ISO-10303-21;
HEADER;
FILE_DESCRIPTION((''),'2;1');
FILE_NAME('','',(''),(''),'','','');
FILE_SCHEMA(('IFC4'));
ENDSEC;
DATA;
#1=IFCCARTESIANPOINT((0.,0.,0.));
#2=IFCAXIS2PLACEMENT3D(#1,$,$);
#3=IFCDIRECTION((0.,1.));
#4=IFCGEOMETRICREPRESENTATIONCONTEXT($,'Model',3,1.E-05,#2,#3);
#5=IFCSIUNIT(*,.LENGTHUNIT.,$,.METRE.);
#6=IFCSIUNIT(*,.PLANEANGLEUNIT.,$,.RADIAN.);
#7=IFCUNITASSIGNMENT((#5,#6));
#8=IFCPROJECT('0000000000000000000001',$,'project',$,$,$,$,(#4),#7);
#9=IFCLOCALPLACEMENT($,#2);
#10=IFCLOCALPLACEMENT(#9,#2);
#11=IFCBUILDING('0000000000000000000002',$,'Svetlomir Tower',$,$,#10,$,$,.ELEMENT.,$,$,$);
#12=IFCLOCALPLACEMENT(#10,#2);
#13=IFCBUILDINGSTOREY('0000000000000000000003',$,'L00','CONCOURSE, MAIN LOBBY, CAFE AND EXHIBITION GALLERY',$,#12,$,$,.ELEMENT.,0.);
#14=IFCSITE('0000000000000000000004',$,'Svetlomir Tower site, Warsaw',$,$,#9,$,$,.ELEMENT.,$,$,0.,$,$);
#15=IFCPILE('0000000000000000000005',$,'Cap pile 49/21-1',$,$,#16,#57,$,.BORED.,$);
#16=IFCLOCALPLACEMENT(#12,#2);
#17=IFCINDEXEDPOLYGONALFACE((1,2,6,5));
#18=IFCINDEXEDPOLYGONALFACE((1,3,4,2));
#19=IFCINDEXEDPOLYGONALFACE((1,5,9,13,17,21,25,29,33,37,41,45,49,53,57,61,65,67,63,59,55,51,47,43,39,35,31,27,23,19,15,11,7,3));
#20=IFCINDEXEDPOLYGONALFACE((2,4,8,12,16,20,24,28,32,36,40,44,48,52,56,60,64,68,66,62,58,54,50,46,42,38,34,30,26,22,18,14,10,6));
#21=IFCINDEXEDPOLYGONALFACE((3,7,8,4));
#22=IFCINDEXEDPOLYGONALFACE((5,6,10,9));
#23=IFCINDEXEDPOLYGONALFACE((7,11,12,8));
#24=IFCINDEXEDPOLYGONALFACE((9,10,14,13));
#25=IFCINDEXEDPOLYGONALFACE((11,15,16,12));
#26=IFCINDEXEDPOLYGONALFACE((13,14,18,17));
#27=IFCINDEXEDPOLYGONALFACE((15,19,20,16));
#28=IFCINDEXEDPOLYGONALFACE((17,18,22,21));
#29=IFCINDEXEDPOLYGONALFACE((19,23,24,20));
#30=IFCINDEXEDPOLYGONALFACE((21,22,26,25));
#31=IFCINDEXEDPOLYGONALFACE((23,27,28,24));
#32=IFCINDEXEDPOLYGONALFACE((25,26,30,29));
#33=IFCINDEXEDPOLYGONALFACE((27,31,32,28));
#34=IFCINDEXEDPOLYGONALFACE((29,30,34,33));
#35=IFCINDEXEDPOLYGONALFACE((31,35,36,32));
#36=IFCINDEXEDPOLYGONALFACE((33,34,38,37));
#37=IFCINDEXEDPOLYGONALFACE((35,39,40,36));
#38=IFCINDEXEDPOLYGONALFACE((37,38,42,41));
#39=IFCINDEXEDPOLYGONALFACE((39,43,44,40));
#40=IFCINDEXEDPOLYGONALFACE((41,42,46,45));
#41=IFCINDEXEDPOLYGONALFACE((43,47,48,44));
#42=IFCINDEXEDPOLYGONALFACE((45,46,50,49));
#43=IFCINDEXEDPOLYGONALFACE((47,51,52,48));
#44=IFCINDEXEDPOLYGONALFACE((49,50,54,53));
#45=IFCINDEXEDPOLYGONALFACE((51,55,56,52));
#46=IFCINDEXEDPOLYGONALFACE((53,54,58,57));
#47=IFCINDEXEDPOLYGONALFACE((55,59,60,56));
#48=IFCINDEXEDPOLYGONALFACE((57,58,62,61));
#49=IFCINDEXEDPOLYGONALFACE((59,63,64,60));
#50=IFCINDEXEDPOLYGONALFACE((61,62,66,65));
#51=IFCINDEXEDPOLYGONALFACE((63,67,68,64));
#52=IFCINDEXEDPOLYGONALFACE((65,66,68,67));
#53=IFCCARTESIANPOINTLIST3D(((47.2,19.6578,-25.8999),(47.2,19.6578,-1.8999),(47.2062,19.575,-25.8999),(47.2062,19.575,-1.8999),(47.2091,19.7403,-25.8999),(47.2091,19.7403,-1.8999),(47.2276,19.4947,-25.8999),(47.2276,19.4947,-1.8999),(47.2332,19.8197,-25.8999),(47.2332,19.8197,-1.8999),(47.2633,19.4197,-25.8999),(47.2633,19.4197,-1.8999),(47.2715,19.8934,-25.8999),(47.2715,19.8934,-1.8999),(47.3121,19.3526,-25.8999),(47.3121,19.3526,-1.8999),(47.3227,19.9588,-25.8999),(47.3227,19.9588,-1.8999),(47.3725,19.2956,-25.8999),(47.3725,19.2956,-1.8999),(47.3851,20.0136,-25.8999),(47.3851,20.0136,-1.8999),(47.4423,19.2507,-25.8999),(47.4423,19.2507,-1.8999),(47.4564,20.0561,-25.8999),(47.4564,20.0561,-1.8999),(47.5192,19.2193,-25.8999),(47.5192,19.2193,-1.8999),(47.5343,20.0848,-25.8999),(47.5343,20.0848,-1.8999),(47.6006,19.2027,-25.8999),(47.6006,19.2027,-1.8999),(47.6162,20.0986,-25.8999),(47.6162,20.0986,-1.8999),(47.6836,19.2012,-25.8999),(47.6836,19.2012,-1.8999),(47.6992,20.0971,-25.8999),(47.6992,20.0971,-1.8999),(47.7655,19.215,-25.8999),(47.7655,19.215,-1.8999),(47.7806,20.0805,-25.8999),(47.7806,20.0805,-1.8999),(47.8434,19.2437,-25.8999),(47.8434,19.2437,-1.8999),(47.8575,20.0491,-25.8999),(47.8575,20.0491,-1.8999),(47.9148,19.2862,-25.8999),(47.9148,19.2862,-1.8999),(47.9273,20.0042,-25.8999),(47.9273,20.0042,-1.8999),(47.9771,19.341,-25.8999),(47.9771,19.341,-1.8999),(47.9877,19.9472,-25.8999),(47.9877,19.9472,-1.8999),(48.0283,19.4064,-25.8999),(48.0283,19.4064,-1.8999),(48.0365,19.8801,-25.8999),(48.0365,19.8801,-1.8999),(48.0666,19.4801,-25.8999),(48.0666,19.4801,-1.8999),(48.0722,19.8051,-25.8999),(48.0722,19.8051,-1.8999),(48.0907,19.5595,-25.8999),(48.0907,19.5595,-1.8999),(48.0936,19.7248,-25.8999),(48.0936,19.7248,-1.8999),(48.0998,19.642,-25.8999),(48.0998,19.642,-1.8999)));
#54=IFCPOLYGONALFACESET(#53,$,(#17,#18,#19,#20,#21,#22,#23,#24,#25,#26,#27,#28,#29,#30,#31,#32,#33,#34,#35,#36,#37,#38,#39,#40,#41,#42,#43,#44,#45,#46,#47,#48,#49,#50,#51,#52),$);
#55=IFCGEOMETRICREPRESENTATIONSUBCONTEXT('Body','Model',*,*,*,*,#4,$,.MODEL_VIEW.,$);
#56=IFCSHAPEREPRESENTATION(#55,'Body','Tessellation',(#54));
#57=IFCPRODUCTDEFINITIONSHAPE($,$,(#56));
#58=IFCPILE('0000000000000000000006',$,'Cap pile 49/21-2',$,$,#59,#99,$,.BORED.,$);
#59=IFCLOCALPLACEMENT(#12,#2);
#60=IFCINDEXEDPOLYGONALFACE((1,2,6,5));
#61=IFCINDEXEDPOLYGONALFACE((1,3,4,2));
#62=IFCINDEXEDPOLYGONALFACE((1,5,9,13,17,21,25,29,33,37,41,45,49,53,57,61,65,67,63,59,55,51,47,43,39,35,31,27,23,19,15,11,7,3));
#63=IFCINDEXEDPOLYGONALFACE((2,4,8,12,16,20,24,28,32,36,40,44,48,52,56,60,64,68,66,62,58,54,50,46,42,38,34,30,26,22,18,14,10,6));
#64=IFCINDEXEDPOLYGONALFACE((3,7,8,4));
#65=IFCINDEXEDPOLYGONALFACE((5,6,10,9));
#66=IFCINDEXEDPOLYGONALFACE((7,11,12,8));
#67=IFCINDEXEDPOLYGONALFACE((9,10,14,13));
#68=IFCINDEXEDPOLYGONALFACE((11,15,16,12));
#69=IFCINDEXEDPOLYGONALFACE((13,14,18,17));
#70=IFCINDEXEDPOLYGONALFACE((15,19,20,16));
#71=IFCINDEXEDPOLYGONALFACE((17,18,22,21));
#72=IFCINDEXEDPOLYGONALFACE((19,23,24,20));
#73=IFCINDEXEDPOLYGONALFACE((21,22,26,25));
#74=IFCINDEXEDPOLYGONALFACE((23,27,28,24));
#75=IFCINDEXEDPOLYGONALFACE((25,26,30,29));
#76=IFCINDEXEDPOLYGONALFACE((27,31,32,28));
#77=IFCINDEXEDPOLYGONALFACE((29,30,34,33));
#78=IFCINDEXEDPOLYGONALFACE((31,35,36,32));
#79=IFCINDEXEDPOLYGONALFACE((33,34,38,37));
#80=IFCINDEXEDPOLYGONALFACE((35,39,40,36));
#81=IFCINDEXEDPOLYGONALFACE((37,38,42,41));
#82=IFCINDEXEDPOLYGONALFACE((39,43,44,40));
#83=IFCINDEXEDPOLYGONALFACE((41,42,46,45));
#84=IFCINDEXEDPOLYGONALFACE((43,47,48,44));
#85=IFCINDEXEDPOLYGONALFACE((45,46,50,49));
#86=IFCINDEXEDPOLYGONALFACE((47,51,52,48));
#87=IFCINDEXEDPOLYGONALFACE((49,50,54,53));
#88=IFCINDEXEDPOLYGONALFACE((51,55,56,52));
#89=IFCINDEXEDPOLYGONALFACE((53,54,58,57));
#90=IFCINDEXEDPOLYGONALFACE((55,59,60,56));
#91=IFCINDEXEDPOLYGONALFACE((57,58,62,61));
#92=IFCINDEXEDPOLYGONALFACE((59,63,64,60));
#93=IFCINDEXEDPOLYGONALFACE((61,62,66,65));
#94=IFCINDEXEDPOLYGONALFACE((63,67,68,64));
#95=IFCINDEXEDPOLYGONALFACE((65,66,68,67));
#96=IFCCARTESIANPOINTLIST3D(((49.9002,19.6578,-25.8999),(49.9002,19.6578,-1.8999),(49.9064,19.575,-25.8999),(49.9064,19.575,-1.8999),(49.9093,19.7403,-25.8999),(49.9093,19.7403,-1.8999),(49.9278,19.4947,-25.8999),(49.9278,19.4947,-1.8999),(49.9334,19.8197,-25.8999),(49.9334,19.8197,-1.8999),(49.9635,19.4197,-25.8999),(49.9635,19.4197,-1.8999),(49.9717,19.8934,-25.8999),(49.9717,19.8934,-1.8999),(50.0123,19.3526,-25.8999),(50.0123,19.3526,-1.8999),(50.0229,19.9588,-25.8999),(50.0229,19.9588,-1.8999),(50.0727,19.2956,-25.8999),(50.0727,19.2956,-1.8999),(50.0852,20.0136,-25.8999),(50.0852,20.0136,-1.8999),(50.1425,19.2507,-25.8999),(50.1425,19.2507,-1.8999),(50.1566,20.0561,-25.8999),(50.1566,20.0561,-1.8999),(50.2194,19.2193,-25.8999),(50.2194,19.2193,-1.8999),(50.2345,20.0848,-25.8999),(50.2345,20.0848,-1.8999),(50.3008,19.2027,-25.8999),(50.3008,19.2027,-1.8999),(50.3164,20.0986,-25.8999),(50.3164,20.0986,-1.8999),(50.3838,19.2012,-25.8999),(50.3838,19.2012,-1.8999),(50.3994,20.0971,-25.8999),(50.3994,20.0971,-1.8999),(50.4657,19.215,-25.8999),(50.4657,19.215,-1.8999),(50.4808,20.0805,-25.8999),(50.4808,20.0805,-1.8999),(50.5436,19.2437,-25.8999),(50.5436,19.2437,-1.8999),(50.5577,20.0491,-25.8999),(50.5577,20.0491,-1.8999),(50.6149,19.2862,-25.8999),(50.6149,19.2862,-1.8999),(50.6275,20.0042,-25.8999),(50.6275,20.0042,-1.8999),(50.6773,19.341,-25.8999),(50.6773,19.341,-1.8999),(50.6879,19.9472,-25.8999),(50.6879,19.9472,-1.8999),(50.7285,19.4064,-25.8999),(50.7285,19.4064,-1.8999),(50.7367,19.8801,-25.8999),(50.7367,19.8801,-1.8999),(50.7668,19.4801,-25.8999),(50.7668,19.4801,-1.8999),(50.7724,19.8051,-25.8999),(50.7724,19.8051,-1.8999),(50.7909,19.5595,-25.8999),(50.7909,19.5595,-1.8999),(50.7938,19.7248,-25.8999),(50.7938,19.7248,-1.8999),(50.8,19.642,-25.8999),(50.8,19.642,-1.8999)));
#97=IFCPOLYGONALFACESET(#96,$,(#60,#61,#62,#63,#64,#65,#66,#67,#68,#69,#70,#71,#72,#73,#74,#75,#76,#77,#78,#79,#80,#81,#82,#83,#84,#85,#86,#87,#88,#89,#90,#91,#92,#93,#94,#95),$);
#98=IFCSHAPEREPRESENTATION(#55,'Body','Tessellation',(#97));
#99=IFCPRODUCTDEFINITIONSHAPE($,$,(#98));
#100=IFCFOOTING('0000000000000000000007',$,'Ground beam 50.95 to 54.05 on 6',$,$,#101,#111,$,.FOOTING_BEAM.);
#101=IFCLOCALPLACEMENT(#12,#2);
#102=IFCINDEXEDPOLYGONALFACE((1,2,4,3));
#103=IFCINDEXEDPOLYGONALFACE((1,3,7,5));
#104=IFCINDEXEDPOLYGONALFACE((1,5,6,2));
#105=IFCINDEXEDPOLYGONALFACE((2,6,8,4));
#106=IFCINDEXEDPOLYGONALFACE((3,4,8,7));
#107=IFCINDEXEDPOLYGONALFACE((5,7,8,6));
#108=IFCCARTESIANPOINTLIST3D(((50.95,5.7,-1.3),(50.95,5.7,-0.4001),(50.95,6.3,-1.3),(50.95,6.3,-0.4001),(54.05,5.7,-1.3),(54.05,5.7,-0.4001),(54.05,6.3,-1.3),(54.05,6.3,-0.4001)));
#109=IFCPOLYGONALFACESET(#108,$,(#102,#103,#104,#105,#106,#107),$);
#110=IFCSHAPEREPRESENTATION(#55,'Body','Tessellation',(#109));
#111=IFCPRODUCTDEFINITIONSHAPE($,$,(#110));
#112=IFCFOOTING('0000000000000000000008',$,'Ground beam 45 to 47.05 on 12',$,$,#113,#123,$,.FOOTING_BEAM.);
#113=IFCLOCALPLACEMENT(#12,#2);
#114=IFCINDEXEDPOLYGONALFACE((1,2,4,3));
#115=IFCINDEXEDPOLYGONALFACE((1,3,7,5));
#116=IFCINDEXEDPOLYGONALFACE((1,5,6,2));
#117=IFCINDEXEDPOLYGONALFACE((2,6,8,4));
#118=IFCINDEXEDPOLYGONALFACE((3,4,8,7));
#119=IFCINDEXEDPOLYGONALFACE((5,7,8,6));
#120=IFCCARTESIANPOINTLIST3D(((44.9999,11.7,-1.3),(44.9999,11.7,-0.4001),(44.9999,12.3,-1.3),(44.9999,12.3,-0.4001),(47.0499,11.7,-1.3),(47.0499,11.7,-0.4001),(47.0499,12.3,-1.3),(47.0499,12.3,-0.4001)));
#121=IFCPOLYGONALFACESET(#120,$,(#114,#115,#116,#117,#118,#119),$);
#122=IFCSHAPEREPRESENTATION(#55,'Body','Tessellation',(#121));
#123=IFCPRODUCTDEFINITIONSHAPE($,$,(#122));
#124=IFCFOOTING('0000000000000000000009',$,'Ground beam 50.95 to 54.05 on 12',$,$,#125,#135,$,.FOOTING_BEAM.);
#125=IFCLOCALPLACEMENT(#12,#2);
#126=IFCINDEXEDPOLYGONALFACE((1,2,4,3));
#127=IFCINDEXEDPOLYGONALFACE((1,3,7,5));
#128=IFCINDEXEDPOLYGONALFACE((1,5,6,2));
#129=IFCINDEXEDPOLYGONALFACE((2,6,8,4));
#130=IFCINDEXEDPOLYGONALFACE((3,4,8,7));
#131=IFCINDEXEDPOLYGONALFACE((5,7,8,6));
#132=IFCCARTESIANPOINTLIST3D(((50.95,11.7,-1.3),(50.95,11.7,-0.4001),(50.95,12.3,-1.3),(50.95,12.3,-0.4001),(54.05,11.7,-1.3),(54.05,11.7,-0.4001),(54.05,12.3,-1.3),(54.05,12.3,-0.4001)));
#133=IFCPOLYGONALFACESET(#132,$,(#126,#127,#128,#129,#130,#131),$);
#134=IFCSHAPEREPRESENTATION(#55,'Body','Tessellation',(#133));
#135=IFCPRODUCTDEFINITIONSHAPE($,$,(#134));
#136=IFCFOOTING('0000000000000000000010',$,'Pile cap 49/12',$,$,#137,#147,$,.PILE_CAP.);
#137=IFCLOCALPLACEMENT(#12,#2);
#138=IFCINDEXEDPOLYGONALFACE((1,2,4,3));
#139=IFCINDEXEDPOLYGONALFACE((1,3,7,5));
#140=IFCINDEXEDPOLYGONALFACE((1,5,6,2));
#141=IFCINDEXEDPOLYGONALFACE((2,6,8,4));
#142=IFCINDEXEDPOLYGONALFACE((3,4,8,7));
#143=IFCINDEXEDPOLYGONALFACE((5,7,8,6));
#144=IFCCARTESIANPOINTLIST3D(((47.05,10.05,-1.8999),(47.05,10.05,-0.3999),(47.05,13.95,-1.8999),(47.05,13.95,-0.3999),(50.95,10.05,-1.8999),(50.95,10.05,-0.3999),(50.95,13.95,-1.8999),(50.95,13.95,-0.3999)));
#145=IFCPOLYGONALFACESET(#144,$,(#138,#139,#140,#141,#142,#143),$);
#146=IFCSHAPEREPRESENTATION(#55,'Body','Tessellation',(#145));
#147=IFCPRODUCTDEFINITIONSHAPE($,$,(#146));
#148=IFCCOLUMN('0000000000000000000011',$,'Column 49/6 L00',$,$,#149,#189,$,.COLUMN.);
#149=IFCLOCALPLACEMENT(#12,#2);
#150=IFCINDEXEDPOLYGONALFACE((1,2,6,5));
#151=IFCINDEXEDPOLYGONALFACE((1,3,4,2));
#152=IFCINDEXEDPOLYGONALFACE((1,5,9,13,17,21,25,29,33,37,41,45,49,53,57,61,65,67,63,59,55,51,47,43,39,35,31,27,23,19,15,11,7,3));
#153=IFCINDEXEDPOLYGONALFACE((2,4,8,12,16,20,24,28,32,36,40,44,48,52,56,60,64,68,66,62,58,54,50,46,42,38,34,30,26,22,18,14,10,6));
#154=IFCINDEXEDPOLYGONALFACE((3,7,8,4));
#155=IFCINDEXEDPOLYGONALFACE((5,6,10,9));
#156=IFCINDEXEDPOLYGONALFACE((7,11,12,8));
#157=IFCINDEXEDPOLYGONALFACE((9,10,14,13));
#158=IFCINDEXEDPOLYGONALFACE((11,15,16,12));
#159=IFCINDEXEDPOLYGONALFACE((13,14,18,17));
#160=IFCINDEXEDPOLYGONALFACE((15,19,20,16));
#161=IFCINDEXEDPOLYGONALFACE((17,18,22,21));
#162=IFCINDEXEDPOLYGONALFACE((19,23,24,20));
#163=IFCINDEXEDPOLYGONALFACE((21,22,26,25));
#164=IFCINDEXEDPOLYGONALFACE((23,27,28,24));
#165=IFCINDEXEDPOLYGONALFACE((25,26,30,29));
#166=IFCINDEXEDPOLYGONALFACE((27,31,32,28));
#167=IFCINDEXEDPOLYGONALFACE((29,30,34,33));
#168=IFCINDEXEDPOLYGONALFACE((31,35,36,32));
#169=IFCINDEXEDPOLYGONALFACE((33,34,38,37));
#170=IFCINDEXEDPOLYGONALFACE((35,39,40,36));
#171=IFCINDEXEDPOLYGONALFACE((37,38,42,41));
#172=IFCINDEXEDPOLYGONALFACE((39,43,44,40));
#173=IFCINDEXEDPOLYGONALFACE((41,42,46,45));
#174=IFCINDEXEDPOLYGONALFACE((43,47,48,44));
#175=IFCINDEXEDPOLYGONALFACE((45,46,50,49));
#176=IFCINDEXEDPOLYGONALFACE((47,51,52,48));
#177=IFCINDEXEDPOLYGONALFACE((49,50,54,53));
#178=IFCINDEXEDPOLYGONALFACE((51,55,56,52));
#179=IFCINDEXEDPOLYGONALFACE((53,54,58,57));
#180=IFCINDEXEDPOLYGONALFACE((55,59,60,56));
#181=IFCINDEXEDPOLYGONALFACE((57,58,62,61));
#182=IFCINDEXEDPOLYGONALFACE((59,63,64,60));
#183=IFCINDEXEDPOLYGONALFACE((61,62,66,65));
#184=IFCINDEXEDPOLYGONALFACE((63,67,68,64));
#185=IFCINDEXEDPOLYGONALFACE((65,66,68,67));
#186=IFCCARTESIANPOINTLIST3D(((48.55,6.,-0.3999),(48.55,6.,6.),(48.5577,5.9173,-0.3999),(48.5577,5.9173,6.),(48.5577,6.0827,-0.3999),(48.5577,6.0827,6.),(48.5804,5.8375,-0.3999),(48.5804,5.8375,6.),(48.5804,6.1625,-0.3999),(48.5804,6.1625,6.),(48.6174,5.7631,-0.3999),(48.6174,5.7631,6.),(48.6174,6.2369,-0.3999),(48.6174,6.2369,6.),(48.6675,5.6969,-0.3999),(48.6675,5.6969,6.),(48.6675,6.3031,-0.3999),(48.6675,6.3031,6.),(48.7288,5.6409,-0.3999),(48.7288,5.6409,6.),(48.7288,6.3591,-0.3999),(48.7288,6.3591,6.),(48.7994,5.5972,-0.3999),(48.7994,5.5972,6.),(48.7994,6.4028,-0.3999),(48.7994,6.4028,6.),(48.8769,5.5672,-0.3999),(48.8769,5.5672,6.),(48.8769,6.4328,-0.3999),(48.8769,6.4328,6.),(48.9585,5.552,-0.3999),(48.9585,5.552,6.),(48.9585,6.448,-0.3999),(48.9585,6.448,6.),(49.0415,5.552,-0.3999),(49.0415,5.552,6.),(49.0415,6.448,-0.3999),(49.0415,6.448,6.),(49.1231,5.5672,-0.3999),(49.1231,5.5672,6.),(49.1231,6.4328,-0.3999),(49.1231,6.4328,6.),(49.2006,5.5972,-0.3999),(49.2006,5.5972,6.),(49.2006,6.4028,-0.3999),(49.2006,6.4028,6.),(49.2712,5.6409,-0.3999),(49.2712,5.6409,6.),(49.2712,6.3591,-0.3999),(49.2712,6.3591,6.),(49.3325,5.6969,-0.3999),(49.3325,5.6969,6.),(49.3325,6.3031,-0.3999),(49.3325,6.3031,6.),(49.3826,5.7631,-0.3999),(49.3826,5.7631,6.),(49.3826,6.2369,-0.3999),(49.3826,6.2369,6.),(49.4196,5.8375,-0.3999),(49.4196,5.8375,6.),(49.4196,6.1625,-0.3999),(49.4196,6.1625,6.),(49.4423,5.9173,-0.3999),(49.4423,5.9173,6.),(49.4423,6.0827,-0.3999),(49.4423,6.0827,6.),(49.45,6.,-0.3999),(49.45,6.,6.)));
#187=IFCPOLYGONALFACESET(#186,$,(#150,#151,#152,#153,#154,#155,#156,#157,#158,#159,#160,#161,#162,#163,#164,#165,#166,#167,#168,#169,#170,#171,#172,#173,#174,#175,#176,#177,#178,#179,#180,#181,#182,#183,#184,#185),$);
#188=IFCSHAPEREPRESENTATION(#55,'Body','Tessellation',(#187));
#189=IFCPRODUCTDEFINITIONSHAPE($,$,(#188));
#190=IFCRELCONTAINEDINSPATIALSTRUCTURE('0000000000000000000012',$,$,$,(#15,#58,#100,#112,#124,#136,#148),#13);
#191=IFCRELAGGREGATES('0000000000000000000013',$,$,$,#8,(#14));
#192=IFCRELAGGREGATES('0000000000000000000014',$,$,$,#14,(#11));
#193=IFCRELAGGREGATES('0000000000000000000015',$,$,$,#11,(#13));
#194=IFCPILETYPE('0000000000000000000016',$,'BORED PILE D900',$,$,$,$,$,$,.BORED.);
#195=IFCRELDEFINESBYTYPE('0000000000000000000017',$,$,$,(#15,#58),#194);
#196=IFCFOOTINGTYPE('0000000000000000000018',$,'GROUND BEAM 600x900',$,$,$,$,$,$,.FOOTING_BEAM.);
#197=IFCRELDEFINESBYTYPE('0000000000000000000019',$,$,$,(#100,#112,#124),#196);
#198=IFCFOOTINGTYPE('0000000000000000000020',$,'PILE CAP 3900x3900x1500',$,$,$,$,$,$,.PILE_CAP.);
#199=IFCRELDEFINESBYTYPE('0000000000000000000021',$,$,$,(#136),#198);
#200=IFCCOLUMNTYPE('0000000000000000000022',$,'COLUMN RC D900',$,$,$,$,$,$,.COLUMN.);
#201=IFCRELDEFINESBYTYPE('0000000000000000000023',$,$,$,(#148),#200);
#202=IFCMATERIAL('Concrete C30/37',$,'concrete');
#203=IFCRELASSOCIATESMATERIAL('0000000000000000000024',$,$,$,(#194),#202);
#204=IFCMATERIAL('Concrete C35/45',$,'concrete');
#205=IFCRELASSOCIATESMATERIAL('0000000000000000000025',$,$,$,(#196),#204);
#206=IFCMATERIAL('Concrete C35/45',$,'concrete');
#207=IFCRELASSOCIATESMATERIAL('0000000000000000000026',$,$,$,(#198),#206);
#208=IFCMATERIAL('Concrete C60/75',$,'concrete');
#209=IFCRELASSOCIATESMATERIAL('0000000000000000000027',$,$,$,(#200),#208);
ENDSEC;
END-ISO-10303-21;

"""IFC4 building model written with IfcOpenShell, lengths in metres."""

from ifc_helpers import new_model, si_unit, direction, frame, frame_2d, origin, origin_2d, place, context, subcontext, project, spatial, rectangle, circle, extrude, material, material_profile, profile_set, type_object, element, save


model = new_model("IFC4")

# Units and contexts
model_context = context("Model", 3, precision=1e-05, world=origin(), true_north=direction((0.0, 1.0)))
body_context = subcontext(model_context, "Body", "Model", "MODEL_VIEW")
ifc_project = project(units=[si_unit("LENGTHUNIT", "METRE"), si_unit("PLANEANGLEUNIT", "RADIAN")], contexts=[model_context])

# Site, building, storey
site_placement = place(None, origin())
site = spatial("IfcSite", under=ifc_project, at=site_placement, Name="Svetlomir Tower site, Warsaw", CompositionType="ELEMENT", RefElevation=0.0)
building_placement = place(site_placement, origin())
building = spatial("IfcBuilding", under=site, at=building_placement, Name="Svetlomir Tower", CompositionType="ELEMENT")
storey_placement = place(building_placement, origin())
storey = spatial("IfcBuildingStorey", under=building, at=storey_placement, Name="L00", Description="CONCOURSE, MAIN LOBBY, CAFE AND EXHIBITION GALLERY", CompositionType="ELEMENT", Elevation=0.0)

# Piles
ifc_material_1 = material(Name="Concrete C30/37", Category="concrete")
ifc_material_profile_1 = material_profile(ifc_material_1, circle(Radius=0.45, at=origin_2d()), Name="RC D900")
ifc_profile_set_1 = profile_set([ifc_material_profile_1], Name="Concrete C30/37")
pile_type = type_object("IfcPileType", Name="BORED PILE D900", PredefinedType="BORED", material=ifc_profile_set_1)
for number, where, z_axis, x_axis, name in (
    (1, (47.6499, 19.6499, -1.8999), (0.0, 0.0, -1.0), (1.0, 0.0, 0.0), "Cap pile 49/21-1"),
    (2, (50.3501, 19.6499, -1.8999), (0.0, 0.0, -1.0), (1.0, 0.0, 0.0), "Cap pile 49/21-2"),
):
    element("IfcPile", number, at=place(storey_placement, frame(where, z_axis=z_axis, x_axis=x_axis)), inside=storey, type_object=pile_type, Name=name, PredefinedType="BORED", context=body_context, shape_type="SweptSolid", body=[
        extrude(circle(Radius=0.45, at=frame_2d((0.0, 0.0), x_axis=(0.999848, 0.017452))), origin(), (0.0, 0.0, 1.0), 24.0),
    ])

# Footings
ifc_material_2 = material(Name="Concrete C35/45", Category="concrete")
footing_type_1 = type_object("IfcFootingType", Name="GROUND BEAM 600x900", PredefinedType="FOOTING_BEAM", material=ifc_material_2)
footing_1_placement = place(storey_placement, frame((52.5, 6.0, -1.3), z_axis=(0.0, 0.0, 1.0), x_axis=(1.0, 0.0, 0.0)))
element("IfcFooting", 3, at=footing_1_placement, inside=storey, type_object=footing_type_1, Name="Ground beam 50.95 to 54.05 on 6", PredefinedType="FOOTING_BEAM", context=body_context, shape_type="SweptSolid", body=[
    extrude(rectangle(XDim=3.1001, YDim=0.6001, at=origin_2d()), origin(), (0.0, 0.0, 1.0), 0.8999),
])
footing_2_placement = place(storey_placement, frame((46.0249, 12.0, -1.3), z_axis=(0.0, 0.0, 1.0), x_axis=(1.0, 0.0, 0.0)))
element("IfcFooting", 4, at=footing_2_placement, inside=storey, type_object=footing_type_1, Name="Ground beam 45 to 47.05 on 12", PredefinedType="FOOTING_BEAM", context=body_context, shape_type="SweptSolid", body=[
    extrude(rectangle(XDim=2.05, YDim=0.6001, at=origin_2d()), origin(), (0.0, 0.0, 1.0), 0.8999),
])
footing_3_placement = place(storey_placement, frame((52.5, 12.0, -1.3), z_axis=(0.0, 0.0, 1.0), x_axis=(1.0, 0.0, 0.0)))
element("IfcFooting", 5, at=footing_3_placement, inside=storey, type_object=footing_type_1, Name="Ground beam 50.95 to 54.05 on 12", PredefinedType="FOOTING_BEAM", context=body_context, shape_type="SweptSolid", body=[
    extrude(rectangle(XDim=3.1001, YDim=0.6001, at=origin_2d()), origin(), (0.0, 0.0, 1.0), 0.8999),
])
ifc_material_3 = material(Name="Concrete C35/45", Category="concrete")
footing_type_2 = type_object("IfcFootingType", Name="PILE CAP 3900x3900x1500", PredefinedType="PILE_CAP", material=ifc_material_3)
footing_4_placement = place(storey_placement, frame((49.0, 12.0, -1.8999), z_axis=(0.0, 0.0, 1.0), x_axis=(1.0, 0.0, 0.0)))
element("IfcFooting", 6, at=footing_4_placement, inside=storey, type_object=footing_type_2, Name="Pile cap 49/12", PredefinedType="PILE_CAP", context=body_context, shape_type="SweptSolid", body=[
    extrude(rectangle(XDim=3.8999, YDim=3.8999, at=origin_2d()), origin(), (0.0, 0.0, 1.0), 1.5),
])

# Column
ifc_material_4 = material(Name="Concrete C60/75", Category="concrete")
ifc_material_profile_2 = material_profile(ifc_material_4, circle(Radius=0.45, at=origin_2d()), Name="RC D900")
ifc_profile_set_2 = profile_set([ifc_material_profile_2], Name="Concrete C60/75")
column_type = type_object("IfcColumnType", Name="COLUMN RC D900", PredefinedType="COLUMN", material=ifc_profile_set_2)
for number, where, z_axis, x_axis, name in (
    (7, (49.0, 6.0, -0.3999), (0.0, 0.0, 1.0), (1.0, 0.0, 0.0), "Column 49/6 L00"),
):
    element("IfcColumn", number, at=place(storey_placement, frame(where, z_axis=z_axis, x_axis=x_axis)), inside=storey, type_object=column_type, Name=name, PredefinedType="COLUMN", context=body_context, shape_type="SweptSolid", body=[
        extrude(circle(Radius=0.45, at=origin_2d()), origin(), (0.0, 0.0, 1.0), 6.3999),
    ])

save(model, "model.ifc")
